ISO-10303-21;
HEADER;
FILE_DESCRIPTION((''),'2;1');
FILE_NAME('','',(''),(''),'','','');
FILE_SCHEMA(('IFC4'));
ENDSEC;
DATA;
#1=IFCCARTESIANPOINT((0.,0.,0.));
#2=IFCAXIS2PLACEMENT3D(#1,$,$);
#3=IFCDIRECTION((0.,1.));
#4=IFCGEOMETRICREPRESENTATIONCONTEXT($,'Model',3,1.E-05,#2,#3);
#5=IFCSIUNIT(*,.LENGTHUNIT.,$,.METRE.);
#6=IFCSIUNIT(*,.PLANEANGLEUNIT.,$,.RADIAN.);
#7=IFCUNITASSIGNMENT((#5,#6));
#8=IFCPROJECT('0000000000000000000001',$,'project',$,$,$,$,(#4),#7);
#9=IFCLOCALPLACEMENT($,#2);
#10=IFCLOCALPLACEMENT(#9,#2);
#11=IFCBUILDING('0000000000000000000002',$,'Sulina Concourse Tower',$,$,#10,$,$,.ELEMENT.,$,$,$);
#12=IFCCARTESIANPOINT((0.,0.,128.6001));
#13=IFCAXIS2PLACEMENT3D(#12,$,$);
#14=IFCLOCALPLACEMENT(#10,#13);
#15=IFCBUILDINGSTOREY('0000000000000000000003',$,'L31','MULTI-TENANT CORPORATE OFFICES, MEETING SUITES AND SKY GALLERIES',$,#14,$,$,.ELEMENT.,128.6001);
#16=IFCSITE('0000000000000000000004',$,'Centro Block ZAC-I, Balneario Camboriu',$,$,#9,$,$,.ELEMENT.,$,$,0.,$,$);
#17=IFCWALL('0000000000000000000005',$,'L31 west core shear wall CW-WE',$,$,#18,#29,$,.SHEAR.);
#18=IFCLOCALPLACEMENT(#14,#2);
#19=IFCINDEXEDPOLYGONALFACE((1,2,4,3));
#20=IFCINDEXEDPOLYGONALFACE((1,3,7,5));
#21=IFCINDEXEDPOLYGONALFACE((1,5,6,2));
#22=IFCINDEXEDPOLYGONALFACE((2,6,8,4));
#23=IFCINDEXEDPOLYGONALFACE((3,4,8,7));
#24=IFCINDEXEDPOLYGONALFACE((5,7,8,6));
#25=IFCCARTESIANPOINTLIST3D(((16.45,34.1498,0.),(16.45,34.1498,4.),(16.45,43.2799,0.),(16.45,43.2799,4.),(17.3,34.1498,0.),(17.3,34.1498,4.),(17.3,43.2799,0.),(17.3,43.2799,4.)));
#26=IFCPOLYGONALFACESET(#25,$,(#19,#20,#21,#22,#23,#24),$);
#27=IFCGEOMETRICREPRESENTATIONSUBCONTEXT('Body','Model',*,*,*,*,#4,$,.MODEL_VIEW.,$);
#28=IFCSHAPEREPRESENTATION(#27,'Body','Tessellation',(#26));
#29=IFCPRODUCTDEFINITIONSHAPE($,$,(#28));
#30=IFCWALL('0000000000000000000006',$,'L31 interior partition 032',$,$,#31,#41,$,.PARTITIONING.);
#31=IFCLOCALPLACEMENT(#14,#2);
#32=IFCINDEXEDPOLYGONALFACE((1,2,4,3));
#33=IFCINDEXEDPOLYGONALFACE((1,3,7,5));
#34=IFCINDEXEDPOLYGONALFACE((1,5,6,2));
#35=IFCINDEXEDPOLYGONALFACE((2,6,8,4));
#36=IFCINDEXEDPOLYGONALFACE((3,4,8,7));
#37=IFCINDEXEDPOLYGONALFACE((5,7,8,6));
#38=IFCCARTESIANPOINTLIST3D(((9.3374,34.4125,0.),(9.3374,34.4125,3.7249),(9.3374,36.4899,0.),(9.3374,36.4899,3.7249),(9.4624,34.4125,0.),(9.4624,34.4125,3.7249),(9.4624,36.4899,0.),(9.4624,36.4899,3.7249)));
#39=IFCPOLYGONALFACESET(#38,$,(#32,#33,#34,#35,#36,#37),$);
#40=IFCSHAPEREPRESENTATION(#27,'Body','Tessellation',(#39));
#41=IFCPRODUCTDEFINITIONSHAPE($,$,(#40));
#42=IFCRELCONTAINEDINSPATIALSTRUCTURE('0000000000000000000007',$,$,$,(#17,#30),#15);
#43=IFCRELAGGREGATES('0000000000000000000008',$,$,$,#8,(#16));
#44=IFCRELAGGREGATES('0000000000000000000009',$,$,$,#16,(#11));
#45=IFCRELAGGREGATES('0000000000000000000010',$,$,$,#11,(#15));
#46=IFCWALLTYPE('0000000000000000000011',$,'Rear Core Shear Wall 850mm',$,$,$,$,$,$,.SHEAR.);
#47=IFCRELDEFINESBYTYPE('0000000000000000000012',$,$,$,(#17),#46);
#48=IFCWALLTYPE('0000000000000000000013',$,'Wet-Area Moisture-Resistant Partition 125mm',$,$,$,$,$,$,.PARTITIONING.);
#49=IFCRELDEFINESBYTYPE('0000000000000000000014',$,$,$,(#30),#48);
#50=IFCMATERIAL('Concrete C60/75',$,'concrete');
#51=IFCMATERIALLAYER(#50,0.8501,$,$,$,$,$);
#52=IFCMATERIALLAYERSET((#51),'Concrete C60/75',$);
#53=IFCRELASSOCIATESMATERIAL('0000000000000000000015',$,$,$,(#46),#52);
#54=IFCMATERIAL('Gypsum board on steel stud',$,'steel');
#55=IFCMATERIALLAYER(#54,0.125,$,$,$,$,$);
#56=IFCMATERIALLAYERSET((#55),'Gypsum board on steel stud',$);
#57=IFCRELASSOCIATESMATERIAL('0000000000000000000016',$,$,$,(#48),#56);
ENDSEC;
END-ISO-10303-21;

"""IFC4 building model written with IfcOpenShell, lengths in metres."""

from ifc_helpers import new_model, si_unit, direction, frame, frame_2d, origin, place, context, subcontext, project, spatial, rectangle, extrude, material, layer, layer_set, type_object, element, save


model = new_model("IFC4")

# Units and contexts
model_context = context("Model", 3, precision=1e-05, world=origin(), true_north=direction((0.0, 1.0)))
body_context = subcontext(model_context, "Body", "Model", "MODEL_VIEW")
ifc_project = project(units=[si_unit("LENGTHUNIT", "METRE"), si_unit("PLANEANGLEUNIT", "RADIAN")], contexts=[model_context])

# Site, building, storey
site_placement = place(None, origin())
site = spatial("IfcSite", under=ifc_project, at=site_placement, Name="Centro Block ZAC-I, Balneario Camboriu", CompositionType="ELEMENT", RefElevation=0.0)
building_placement = place(site_placement, origin())
building = spatial("IfcBuilding", under=site, at=building_placement, Name="Sulina Concourse Tower", CompositionType="ELEMENT")
storey_placement = place(building_placement, frame((0.0, 0.0, 128.6001)))
storey = spatial("IfcBuildingStorey", under=building, at=storey_placement, Name="L31", Description="MULTI-TENANT CORPORATE OFFICES, MEETING SUITES AND SKY GALLERIES", CompositionType="ELEMENT", Elevation=128.6001)

# Walls
ifc_material_1 = material(Name="Concrete C60/75", Category="concrete")
ifc_layer_1 = layer(ifc_material_1, 0.8501)
ifc_layer_set_1 = layer_set([ifc_layer_1], Name="Concrete C60/75")
wall_type_1 = type_object("IfcWallType", Name="Rear Core Shear Wall 850mm", PredefinedType="SHEAR", material=ifc_layer_set_1)
wall_1_placement = place(storey_placement, frame((16.875, 34.1499, 0.0), z_axis=(0.0, 0.0, 1.0), x_axis=(0.0, 1.0, 0.0)))
element("IfcWall", 1, at=wall_1_placement, inside=storey, type_object=wall_type_1, Name="L31 west core shear wall CW-WE", PredefinedType="SHEAR", context=body_context, shape_type="SweptSolid", body=[
    extrude(rectangle(XDim=9.1301, YDim=0.8501, at=frame_2d((4.5649, 0.0))), origin(), (0.0, 0.0, 1.0), 4.0),
])
ifc_material_2 = material(Name="Gypsum board on steel stud", Category="steel")
ifc_layer_2 = layer(ifc_material_2, 0.125)
ifc_layer_set_2 = layer_set([ifc_layer_2], Name="Gypsum board on steel stud")
wall_type_2 = type_object("IfcWallType", Name="Wet-Area Moisture-Resistant Partition 125mm", PredefinedType="PARTITIONING", material=ifc_layer_set_2)
wall_2_placement = place(storey_placement, frame((9.3999, 34.4126, 0.0), z_axis=(0.0, 0.0, 1.0), x_axis=(0.0, 1.0, 0.0)))
element("IfcWall", 2, at=wall_2_placement, inside=storey, type_object=wall_type_2, Name="L31 interior partition 032", PredefinedType="PARTITIONING", context=body_context, shape_type="SweptSolid", body=[
    extrude(rectangle(XDim=2.0774, YDim=0.125, at=frame_2d((1.0386, 0.0))), origin(), (0.0, 0.0, 1.0), 3.7249),
])

save(model, "model.ifc")
